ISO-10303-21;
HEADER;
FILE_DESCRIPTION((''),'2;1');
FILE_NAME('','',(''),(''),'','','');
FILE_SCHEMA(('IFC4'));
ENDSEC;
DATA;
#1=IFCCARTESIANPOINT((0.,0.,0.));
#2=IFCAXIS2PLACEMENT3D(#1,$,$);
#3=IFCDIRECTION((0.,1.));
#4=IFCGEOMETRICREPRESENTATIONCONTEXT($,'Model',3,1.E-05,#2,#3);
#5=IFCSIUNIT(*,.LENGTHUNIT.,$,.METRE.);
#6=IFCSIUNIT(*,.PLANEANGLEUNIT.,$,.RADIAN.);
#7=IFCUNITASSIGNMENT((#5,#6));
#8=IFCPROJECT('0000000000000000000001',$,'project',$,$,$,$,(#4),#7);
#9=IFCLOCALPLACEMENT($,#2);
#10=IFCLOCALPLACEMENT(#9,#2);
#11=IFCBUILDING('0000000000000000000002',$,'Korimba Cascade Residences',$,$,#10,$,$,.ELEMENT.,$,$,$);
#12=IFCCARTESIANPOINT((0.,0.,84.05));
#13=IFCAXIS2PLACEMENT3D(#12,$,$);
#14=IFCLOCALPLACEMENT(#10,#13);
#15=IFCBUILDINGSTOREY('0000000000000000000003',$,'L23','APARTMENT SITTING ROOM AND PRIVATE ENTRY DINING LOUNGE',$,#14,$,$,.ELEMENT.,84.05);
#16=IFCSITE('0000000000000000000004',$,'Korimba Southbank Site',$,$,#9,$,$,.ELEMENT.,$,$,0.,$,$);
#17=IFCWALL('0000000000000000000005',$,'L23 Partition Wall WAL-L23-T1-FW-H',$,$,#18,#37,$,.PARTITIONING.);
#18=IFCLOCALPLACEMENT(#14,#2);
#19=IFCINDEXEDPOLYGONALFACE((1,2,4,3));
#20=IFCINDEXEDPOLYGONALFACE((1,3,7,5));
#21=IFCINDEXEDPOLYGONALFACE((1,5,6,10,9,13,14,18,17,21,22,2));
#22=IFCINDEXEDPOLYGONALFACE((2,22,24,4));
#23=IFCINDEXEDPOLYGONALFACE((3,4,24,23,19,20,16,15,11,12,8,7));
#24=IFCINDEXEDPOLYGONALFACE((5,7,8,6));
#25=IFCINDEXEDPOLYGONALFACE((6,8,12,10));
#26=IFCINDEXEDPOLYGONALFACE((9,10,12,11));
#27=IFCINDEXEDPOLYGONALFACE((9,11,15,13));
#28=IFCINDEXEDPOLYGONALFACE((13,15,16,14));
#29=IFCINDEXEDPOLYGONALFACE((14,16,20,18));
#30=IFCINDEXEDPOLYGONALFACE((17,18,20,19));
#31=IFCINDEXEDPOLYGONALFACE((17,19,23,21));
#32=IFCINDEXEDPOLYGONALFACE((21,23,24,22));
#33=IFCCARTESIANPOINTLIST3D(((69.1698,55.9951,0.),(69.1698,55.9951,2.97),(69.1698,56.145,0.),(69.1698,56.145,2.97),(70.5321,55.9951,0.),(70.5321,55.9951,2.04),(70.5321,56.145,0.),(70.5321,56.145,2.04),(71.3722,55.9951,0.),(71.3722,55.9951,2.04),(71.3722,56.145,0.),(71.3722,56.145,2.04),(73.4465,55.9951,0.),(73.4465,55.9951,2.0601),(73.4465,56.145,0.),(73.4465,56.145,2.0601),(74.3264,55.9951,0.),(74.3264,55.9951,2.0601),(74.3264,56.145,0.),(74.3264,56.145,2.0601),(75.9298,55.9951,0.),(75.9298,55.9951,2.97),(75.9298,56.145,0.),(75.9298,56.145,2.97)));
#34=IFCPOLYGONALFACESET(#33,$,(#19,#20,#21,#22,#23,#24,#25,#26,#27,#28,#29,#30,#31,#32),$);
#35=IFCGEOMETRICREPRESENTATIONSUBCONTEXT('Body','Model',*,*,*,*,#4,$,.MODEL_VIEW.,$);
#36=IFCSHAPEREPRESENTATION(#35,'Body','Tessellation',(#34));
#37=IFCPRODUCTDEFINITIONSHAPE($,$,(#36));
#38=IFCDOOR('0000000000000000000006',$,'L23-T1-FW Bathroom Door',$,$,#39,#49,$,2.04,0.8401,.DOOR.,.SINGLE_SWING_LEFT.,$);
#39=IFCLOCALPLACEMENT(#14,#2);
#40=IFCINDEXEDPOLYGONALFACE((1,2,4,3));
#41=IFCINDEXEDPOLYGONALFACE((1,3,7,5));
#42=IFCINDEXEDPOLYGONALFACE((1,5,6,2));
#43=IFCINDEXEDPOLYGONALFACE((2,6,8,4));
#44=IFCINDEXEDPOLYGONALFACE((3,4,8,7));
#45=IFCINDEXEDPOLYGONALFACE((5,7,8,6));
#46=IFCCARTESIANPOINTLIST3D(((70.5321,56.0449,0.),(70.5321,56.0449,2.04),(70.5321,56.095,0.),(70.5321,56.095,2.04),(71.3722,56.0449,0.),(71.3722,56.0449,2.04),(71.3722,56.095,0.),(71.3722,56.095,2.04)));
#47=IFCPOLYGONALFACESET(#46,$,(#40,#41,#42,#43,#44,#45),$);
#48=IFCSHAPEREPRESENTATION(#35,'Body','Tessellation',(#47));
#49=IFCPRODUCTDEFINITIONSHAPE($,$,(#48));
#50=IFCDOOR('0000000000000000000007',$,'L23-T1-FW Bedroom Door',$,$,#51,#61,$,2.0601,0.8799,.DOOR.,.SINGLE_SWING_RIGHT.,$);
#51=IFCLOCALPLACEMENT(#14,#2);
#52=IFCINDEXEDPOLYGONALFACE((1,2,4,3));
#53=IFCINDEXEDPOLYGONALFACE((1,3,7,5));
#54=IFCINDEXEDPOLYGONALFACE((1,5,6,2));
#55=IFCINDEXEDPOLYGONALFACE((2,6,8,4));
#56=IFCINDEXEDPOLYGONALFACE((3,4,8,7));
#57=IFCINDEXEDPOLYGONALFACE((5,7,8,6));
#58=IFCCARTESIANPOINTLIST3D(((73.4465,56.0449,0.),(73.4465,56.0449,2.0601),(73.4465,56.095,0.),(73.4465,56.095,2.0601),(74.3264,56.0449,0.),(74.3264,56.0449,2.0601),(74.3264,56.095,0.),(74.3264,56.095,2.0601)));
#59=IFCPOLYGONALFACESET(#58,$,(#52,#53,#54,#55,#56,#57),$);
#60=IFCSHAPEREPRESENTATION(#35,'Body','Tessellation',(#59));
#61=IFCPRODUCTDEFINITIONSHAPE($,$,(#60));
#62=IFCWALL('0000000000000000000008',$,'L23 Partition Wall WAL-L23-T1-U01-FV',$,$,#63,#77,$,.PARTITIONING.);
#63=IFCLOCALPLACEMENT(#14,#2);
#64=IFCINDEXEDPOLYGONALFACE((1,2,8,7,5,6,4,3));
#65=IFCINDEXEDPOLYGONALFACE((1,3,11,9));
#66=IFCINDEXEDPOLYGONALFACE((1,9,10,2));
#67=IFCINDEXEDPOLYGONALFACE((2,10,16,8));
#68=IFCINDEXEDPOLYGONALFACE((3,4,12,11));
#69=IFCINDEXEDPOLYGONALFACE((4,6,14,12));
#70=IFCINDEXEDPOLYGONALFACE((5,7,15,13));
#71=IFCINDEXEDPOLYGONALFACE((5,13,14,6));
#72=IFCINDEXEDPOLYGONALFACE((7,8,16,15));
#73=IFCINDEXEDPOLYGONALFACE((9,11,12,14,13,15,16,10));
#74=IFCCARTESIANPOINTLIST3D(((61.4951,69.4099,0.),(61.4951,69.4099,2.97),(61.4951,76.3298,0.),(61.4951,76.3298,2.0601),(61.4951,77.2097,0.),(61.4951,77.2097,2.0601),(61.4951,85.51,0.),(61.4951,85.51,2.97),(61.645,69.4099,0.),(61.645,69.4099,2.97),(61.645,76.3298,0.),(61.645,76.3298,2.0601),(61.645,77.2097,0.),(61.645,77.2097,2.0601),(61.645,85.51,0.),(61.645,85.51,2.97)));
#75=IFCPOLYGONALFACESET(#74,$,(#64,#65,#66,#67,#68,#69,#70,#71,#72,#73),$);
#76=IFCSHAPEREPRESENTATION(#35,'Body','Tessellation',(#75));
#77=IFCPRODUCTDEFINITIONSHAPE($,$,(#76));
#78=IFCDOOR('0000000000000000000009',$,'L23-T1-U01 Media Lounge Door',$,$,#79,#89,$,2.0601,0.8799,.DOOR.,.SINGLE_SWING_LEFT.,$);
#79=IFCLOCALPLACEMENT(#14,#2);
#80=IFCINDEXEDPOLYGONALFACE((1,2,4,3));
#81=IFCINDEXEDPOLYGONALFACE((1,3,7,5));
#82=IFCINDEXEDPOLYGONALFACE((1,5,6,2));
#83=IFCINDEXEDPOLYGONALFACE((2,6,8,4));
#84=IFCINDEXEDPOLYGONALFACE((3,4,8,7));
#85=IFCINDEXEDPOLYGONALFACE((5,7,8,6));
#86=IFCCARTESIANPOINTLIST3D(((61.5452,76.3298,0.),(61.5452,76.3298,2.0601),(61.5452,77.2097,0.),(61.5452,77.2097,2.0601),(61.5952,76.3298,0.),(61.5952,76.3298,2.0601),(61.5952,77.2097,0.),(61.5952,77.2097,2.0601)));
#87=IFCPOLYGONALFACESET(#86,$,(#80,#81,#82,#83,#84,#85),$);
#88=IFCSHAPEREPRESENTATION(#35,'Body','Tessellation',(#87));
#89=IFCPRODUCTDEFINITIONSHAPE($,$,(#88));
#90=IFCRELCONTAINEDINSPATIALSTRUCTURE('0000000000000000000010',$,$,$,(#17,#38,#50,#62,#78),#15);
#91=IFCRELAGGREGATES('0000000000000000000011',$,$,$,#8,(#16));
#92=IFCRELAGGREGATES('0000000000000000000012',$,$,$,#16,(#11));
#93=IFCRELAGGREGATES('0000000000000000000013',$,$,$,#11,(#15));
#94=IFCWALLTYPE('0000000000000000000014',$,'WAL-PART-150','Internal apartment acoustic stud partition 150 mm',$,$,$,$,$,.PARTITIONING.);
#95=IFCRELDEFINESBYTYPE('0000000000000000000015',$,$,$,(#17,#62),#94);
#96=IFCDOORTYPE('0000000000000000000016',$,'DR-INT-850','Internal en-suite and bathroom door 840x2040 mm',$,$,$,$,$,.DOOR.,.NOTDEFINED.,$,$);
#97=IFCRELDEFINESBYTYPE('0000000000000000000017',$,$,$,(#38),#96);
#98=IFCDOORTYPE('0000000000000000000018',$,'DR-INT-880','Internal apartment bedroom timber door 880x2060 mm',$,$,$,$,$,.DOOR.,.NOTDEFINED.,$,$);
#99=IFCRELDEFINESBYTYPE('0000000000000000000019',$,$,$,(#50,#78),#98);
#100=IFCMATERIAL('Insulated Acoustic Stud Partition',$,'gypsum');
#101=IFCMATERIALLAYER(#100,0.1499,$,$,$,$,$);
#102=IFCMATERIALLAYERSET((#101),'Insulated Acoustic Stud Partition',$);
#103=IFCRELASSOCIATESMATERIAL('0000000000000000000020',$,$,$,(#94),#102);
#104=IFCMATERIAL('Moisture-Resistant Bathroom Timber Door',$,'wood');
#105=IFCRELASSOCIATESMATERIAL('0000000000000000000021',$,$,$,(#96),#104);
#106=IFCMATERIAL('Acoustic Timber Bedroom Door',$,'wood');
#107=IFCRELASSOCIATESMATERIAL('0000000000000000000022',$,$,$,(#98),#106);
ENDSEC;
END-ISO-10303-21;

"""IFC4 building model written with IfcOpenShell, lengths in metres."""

from ifc_helpers import new_model, si_unit, direction, frame, frame_2d, origin, place, context, subcontext, project, spatial, rectangle, extrude, material, layer, layer_set, type_object, element, fill, save


model = new_model("IFC4")

# Units and contexts
model_context = context("Model", 3, precision=1e-05, world=origin(), true_north=direction((0.0, 1.0)))
body_context = subcontext(model_context, "Body", "Model", "MODEL_VIEW")
ifc_project = project(units=[si_unit("LENGTHUNIT", "METRE"), si_unit("PLANEANGLEUNIT", "RADIAN")], contexts=[model_context])

# Site, building, storey
site_placement = place(None, origin())
site = spatial("IfcSite", under=ifc_project, at=site_placement, Name="Korimba Southbank Site", CompositionType="ELEMENT", RefElevation=0.0)
building_placement = place(site_placement, origin())
building = spatial("IfcBuilding", under=site, at=building_placement, Name="Korimba Cascade Residences", CompositionType="ELEMENT")
storey_placement = place(building_placement, frame((0.0, 0.0, 84.05)))
storey = spatial("IfcBuildingStorey", under=building, at=storey_placement, Name="L23", Description="APARTMENT SITTING ROOM AND PRIVATE ENTRY DINING LOUNGE", CompositionType="ELEMENT", Elevation=84.05)

# Shared definitions
ifc_material_1 = material(Name="Insulated Acoustic Stud Partition", Category="gypsum")
ifc_layer_1 = layer(ifc_material_1, 0.1499)
ifc_layer_set_1 = layer_set([ifc_layer_1], Name="Insulated Acoustic Stud Partition")
wall_type_1 = type_object("IfcWallType", Name="WAL-PART-150", Description="Internal apartment acoustic stud partition 150 mm", PredefinedType="PARTITIONING", material=ifc_layer_set_1)
ifc_material_2 = material(Name="Moisture-Resistant Bathroom Timber Door", Category="wood")
door_type_1 = type_object("IfcDoorType", Name="DR-INT-850", Description="Internal en-suite and bathroom door 840x2040 mm", OperationType="NOTDEFINED", PredefinedType="DOOR", material=ifc_material_2)

# Wall, openings, doors
wall_1_placement = place(storey_placement, frame((69.1699, 56.0701, 0.0), z_axis=(0.0, 0.0, 1.0), x_axis=(1.0, 0.0, 0.0)))
wall_1 = element("IfcWall", 1, at=wall_1_placement, inside=storey, type_object=wall_type_1, Name="L23 Partition Wall WAL-L23-T1-FW-H", PredefinedType="PARTITIONING", context=body_context, shape_type="SweptSolid", body=[
    extrude(rectangle(XDim=6.76, YDim=0.1499, at=frame_2d((3.3799, 0.0))), origin(), (0.0, 0.0, 1.0), 2.97),
])
opening_1_placement = place(wall_1_placement, frame((1.3623, 0.0, 0.0)))
opening_1 = element("IfcOpeningElement", 2, at=opening_1_placement, cuts=wall_1, PredefinedType="OPENING", context=body_context, shape_type="SweptSolid", body=[
    extrude(rectangle(XDim=0.8401, YDim=2.04, at=frame_2d((0.4199, 1.02))), frame((0.0, 0.085, 0.0), z_axis=(0.0, -1.0, 0.0), x_axis=(1.0, 0.0, 0.0)), (0.0, 0.0, 1.0), 0.1699),
])
opening_2_placement = place(wall_1_placement, frame((4.2766, 0.0, 0.0)))
opening_2 = element("IfcOpeningElement", 3, at=opening_2_placement, cuts=wall_1, PredefinedType="OPENING", context=body_context, shape_type="SweptSolid", body=[
    extrude(rectangle(XDim=0.8799, YDim=2.0601, at=frame_2d((0.4399, 1.03))), frame((0.0, 0.085, 0.0), z_axis=(0.0, -1.0, 0.0), x_axis=(1.0, 0.0, 0.0)), (0.0, 0.0, 1.0), 0.1699),
])
door_1_placement = place(opening_1_placement, origin())
door_1 = element("IfcDoor", 4, at=door_1_placement, inside=storey, type_object=door_type_1, Name="L23-T1-FW Bathroom Door", OperationType="SINGLE_SWING_LEFT", OverallHeight=2.04, OverallWidth=0.8401, PredefinedType="DOOR", context=body_context, shape_type="SweptSolid", body=[
    extrude(rectangle(XDim=0.8401, YDim=2.04, at=frame_2d((0.4199, 1.02))), frame((0.0, 0.0249, 0.0), z_axis=(0.0, -1.0, 0.0), x_axis=(1.0, 0.0, 0.0)), (0.0, 0.0, 1.0), 0.05),
])
fill(opening_1, door_1)
ifc_material_3 = material(Name="Acoustic Timber Bedroom Door", Category="wood")
door_type_2 = type_object("IfcDoorType", Name="DR-INT-880", Description="Internal apartment bedroom timber door 880x2060 mm", OperationType="NOTDEFINED", PredefinedType="DOOR", material=ifc_material_3)
door_2_placement = place(opening_2_placement, origin())
door_2 = element("IfcDoor", 5, at=door_2_placement, inside=storey, type_object=door_type_2, Name="L23-T1-FW Bedroom Door", OperationType="SINGLE_SWING_RIGHT", OverallHeight=2.0601, OverallWidth=0.8799, PredefinedType="DOOR", context=body_context, shape_type="SweptSolid", body=[
    extrude(rectangle(XDim=0.8799, YDim=2.0601, at=frame_2d((0.4399, 1.03))), frame((0.0, 0.0249, 0.0), z_axis=(0.0, -1.0, 0.0), x_axis=(1.0, 0.0, 0.0)), (0.0, 0.0, 1.0), 0.05),
])
fill(opening_2, door_2)

# Wall, opening, door
wall_2_placement = place(storey_placement, frame((61.5701, 69.4099, 0.0), z_axis=(0.0, 0.0, 1.0), x_axis=(0.0, 1.0, 0.0)))
wall_2 = element("IfcWall", 6, at=wall_2_placement, inside=storey, type_object=wall_type_1, Name="L23 Partition Wall WAL-L23-T1-U01-FV", PredefinedType="PARTITIONING", context=body_context, shape_type="SweptSolid", body=[
    extrude(rectangle(XDim=16.1001, YDim=0.1499, at=frame_2d((8.05, 0.0))), origin(), (0.0, 0.0, 1.0), 2.97),
])
opening_3_placement = place(wall_2_placement, frame((6.9199, 0.0, 0.0)))
opening_3 = element("IfcOpeningElement", 7, at=opening_3_placement, cuts=wall_2, PredefinedType="OPENING", context=body_context, shape_type="SweptSolid", body=[
    extrude(rectangle(XDim=0.8799, YDim=2.0601, at=frame_2d((0.4399, 1.03))), frame((0.0, 0.085, 0.0), z_axis=(0.0, -1.0, 0.0), x_axis=(1.0, 0.0, 0.0)), (0.0, 0.0, 1.0), 0.1699),
])
door_3_placement = place(opening_3_placement, origin())
door_3 = element("IfcDoor", 8, at=door_3_placement, inside=storey, type_object=door_type_2, Name="L23-T1-U01 Media Lounge Door", OperationType="SINGLE_SWING_LEFT", OverallHeight=2.0601, OverallWidth=0.8799, PredefinedType="DOOR", context=body_context, shape_type="SweptSolid", body=[
    extrude(rectangle(XDim=0.8799, YDim=2.0601, at=frame_2d((0.4399, 1.03))), frame((0.0, 0.0249, 0.0), z_axis=(0.0, -1.0, 0.0), x_axis=(1.0, 0.0, 0.0)), (0.0, 0.0, 1.0), 0.05),
])
fill(opening_3, door_3)

save(model, "model.ifc")
